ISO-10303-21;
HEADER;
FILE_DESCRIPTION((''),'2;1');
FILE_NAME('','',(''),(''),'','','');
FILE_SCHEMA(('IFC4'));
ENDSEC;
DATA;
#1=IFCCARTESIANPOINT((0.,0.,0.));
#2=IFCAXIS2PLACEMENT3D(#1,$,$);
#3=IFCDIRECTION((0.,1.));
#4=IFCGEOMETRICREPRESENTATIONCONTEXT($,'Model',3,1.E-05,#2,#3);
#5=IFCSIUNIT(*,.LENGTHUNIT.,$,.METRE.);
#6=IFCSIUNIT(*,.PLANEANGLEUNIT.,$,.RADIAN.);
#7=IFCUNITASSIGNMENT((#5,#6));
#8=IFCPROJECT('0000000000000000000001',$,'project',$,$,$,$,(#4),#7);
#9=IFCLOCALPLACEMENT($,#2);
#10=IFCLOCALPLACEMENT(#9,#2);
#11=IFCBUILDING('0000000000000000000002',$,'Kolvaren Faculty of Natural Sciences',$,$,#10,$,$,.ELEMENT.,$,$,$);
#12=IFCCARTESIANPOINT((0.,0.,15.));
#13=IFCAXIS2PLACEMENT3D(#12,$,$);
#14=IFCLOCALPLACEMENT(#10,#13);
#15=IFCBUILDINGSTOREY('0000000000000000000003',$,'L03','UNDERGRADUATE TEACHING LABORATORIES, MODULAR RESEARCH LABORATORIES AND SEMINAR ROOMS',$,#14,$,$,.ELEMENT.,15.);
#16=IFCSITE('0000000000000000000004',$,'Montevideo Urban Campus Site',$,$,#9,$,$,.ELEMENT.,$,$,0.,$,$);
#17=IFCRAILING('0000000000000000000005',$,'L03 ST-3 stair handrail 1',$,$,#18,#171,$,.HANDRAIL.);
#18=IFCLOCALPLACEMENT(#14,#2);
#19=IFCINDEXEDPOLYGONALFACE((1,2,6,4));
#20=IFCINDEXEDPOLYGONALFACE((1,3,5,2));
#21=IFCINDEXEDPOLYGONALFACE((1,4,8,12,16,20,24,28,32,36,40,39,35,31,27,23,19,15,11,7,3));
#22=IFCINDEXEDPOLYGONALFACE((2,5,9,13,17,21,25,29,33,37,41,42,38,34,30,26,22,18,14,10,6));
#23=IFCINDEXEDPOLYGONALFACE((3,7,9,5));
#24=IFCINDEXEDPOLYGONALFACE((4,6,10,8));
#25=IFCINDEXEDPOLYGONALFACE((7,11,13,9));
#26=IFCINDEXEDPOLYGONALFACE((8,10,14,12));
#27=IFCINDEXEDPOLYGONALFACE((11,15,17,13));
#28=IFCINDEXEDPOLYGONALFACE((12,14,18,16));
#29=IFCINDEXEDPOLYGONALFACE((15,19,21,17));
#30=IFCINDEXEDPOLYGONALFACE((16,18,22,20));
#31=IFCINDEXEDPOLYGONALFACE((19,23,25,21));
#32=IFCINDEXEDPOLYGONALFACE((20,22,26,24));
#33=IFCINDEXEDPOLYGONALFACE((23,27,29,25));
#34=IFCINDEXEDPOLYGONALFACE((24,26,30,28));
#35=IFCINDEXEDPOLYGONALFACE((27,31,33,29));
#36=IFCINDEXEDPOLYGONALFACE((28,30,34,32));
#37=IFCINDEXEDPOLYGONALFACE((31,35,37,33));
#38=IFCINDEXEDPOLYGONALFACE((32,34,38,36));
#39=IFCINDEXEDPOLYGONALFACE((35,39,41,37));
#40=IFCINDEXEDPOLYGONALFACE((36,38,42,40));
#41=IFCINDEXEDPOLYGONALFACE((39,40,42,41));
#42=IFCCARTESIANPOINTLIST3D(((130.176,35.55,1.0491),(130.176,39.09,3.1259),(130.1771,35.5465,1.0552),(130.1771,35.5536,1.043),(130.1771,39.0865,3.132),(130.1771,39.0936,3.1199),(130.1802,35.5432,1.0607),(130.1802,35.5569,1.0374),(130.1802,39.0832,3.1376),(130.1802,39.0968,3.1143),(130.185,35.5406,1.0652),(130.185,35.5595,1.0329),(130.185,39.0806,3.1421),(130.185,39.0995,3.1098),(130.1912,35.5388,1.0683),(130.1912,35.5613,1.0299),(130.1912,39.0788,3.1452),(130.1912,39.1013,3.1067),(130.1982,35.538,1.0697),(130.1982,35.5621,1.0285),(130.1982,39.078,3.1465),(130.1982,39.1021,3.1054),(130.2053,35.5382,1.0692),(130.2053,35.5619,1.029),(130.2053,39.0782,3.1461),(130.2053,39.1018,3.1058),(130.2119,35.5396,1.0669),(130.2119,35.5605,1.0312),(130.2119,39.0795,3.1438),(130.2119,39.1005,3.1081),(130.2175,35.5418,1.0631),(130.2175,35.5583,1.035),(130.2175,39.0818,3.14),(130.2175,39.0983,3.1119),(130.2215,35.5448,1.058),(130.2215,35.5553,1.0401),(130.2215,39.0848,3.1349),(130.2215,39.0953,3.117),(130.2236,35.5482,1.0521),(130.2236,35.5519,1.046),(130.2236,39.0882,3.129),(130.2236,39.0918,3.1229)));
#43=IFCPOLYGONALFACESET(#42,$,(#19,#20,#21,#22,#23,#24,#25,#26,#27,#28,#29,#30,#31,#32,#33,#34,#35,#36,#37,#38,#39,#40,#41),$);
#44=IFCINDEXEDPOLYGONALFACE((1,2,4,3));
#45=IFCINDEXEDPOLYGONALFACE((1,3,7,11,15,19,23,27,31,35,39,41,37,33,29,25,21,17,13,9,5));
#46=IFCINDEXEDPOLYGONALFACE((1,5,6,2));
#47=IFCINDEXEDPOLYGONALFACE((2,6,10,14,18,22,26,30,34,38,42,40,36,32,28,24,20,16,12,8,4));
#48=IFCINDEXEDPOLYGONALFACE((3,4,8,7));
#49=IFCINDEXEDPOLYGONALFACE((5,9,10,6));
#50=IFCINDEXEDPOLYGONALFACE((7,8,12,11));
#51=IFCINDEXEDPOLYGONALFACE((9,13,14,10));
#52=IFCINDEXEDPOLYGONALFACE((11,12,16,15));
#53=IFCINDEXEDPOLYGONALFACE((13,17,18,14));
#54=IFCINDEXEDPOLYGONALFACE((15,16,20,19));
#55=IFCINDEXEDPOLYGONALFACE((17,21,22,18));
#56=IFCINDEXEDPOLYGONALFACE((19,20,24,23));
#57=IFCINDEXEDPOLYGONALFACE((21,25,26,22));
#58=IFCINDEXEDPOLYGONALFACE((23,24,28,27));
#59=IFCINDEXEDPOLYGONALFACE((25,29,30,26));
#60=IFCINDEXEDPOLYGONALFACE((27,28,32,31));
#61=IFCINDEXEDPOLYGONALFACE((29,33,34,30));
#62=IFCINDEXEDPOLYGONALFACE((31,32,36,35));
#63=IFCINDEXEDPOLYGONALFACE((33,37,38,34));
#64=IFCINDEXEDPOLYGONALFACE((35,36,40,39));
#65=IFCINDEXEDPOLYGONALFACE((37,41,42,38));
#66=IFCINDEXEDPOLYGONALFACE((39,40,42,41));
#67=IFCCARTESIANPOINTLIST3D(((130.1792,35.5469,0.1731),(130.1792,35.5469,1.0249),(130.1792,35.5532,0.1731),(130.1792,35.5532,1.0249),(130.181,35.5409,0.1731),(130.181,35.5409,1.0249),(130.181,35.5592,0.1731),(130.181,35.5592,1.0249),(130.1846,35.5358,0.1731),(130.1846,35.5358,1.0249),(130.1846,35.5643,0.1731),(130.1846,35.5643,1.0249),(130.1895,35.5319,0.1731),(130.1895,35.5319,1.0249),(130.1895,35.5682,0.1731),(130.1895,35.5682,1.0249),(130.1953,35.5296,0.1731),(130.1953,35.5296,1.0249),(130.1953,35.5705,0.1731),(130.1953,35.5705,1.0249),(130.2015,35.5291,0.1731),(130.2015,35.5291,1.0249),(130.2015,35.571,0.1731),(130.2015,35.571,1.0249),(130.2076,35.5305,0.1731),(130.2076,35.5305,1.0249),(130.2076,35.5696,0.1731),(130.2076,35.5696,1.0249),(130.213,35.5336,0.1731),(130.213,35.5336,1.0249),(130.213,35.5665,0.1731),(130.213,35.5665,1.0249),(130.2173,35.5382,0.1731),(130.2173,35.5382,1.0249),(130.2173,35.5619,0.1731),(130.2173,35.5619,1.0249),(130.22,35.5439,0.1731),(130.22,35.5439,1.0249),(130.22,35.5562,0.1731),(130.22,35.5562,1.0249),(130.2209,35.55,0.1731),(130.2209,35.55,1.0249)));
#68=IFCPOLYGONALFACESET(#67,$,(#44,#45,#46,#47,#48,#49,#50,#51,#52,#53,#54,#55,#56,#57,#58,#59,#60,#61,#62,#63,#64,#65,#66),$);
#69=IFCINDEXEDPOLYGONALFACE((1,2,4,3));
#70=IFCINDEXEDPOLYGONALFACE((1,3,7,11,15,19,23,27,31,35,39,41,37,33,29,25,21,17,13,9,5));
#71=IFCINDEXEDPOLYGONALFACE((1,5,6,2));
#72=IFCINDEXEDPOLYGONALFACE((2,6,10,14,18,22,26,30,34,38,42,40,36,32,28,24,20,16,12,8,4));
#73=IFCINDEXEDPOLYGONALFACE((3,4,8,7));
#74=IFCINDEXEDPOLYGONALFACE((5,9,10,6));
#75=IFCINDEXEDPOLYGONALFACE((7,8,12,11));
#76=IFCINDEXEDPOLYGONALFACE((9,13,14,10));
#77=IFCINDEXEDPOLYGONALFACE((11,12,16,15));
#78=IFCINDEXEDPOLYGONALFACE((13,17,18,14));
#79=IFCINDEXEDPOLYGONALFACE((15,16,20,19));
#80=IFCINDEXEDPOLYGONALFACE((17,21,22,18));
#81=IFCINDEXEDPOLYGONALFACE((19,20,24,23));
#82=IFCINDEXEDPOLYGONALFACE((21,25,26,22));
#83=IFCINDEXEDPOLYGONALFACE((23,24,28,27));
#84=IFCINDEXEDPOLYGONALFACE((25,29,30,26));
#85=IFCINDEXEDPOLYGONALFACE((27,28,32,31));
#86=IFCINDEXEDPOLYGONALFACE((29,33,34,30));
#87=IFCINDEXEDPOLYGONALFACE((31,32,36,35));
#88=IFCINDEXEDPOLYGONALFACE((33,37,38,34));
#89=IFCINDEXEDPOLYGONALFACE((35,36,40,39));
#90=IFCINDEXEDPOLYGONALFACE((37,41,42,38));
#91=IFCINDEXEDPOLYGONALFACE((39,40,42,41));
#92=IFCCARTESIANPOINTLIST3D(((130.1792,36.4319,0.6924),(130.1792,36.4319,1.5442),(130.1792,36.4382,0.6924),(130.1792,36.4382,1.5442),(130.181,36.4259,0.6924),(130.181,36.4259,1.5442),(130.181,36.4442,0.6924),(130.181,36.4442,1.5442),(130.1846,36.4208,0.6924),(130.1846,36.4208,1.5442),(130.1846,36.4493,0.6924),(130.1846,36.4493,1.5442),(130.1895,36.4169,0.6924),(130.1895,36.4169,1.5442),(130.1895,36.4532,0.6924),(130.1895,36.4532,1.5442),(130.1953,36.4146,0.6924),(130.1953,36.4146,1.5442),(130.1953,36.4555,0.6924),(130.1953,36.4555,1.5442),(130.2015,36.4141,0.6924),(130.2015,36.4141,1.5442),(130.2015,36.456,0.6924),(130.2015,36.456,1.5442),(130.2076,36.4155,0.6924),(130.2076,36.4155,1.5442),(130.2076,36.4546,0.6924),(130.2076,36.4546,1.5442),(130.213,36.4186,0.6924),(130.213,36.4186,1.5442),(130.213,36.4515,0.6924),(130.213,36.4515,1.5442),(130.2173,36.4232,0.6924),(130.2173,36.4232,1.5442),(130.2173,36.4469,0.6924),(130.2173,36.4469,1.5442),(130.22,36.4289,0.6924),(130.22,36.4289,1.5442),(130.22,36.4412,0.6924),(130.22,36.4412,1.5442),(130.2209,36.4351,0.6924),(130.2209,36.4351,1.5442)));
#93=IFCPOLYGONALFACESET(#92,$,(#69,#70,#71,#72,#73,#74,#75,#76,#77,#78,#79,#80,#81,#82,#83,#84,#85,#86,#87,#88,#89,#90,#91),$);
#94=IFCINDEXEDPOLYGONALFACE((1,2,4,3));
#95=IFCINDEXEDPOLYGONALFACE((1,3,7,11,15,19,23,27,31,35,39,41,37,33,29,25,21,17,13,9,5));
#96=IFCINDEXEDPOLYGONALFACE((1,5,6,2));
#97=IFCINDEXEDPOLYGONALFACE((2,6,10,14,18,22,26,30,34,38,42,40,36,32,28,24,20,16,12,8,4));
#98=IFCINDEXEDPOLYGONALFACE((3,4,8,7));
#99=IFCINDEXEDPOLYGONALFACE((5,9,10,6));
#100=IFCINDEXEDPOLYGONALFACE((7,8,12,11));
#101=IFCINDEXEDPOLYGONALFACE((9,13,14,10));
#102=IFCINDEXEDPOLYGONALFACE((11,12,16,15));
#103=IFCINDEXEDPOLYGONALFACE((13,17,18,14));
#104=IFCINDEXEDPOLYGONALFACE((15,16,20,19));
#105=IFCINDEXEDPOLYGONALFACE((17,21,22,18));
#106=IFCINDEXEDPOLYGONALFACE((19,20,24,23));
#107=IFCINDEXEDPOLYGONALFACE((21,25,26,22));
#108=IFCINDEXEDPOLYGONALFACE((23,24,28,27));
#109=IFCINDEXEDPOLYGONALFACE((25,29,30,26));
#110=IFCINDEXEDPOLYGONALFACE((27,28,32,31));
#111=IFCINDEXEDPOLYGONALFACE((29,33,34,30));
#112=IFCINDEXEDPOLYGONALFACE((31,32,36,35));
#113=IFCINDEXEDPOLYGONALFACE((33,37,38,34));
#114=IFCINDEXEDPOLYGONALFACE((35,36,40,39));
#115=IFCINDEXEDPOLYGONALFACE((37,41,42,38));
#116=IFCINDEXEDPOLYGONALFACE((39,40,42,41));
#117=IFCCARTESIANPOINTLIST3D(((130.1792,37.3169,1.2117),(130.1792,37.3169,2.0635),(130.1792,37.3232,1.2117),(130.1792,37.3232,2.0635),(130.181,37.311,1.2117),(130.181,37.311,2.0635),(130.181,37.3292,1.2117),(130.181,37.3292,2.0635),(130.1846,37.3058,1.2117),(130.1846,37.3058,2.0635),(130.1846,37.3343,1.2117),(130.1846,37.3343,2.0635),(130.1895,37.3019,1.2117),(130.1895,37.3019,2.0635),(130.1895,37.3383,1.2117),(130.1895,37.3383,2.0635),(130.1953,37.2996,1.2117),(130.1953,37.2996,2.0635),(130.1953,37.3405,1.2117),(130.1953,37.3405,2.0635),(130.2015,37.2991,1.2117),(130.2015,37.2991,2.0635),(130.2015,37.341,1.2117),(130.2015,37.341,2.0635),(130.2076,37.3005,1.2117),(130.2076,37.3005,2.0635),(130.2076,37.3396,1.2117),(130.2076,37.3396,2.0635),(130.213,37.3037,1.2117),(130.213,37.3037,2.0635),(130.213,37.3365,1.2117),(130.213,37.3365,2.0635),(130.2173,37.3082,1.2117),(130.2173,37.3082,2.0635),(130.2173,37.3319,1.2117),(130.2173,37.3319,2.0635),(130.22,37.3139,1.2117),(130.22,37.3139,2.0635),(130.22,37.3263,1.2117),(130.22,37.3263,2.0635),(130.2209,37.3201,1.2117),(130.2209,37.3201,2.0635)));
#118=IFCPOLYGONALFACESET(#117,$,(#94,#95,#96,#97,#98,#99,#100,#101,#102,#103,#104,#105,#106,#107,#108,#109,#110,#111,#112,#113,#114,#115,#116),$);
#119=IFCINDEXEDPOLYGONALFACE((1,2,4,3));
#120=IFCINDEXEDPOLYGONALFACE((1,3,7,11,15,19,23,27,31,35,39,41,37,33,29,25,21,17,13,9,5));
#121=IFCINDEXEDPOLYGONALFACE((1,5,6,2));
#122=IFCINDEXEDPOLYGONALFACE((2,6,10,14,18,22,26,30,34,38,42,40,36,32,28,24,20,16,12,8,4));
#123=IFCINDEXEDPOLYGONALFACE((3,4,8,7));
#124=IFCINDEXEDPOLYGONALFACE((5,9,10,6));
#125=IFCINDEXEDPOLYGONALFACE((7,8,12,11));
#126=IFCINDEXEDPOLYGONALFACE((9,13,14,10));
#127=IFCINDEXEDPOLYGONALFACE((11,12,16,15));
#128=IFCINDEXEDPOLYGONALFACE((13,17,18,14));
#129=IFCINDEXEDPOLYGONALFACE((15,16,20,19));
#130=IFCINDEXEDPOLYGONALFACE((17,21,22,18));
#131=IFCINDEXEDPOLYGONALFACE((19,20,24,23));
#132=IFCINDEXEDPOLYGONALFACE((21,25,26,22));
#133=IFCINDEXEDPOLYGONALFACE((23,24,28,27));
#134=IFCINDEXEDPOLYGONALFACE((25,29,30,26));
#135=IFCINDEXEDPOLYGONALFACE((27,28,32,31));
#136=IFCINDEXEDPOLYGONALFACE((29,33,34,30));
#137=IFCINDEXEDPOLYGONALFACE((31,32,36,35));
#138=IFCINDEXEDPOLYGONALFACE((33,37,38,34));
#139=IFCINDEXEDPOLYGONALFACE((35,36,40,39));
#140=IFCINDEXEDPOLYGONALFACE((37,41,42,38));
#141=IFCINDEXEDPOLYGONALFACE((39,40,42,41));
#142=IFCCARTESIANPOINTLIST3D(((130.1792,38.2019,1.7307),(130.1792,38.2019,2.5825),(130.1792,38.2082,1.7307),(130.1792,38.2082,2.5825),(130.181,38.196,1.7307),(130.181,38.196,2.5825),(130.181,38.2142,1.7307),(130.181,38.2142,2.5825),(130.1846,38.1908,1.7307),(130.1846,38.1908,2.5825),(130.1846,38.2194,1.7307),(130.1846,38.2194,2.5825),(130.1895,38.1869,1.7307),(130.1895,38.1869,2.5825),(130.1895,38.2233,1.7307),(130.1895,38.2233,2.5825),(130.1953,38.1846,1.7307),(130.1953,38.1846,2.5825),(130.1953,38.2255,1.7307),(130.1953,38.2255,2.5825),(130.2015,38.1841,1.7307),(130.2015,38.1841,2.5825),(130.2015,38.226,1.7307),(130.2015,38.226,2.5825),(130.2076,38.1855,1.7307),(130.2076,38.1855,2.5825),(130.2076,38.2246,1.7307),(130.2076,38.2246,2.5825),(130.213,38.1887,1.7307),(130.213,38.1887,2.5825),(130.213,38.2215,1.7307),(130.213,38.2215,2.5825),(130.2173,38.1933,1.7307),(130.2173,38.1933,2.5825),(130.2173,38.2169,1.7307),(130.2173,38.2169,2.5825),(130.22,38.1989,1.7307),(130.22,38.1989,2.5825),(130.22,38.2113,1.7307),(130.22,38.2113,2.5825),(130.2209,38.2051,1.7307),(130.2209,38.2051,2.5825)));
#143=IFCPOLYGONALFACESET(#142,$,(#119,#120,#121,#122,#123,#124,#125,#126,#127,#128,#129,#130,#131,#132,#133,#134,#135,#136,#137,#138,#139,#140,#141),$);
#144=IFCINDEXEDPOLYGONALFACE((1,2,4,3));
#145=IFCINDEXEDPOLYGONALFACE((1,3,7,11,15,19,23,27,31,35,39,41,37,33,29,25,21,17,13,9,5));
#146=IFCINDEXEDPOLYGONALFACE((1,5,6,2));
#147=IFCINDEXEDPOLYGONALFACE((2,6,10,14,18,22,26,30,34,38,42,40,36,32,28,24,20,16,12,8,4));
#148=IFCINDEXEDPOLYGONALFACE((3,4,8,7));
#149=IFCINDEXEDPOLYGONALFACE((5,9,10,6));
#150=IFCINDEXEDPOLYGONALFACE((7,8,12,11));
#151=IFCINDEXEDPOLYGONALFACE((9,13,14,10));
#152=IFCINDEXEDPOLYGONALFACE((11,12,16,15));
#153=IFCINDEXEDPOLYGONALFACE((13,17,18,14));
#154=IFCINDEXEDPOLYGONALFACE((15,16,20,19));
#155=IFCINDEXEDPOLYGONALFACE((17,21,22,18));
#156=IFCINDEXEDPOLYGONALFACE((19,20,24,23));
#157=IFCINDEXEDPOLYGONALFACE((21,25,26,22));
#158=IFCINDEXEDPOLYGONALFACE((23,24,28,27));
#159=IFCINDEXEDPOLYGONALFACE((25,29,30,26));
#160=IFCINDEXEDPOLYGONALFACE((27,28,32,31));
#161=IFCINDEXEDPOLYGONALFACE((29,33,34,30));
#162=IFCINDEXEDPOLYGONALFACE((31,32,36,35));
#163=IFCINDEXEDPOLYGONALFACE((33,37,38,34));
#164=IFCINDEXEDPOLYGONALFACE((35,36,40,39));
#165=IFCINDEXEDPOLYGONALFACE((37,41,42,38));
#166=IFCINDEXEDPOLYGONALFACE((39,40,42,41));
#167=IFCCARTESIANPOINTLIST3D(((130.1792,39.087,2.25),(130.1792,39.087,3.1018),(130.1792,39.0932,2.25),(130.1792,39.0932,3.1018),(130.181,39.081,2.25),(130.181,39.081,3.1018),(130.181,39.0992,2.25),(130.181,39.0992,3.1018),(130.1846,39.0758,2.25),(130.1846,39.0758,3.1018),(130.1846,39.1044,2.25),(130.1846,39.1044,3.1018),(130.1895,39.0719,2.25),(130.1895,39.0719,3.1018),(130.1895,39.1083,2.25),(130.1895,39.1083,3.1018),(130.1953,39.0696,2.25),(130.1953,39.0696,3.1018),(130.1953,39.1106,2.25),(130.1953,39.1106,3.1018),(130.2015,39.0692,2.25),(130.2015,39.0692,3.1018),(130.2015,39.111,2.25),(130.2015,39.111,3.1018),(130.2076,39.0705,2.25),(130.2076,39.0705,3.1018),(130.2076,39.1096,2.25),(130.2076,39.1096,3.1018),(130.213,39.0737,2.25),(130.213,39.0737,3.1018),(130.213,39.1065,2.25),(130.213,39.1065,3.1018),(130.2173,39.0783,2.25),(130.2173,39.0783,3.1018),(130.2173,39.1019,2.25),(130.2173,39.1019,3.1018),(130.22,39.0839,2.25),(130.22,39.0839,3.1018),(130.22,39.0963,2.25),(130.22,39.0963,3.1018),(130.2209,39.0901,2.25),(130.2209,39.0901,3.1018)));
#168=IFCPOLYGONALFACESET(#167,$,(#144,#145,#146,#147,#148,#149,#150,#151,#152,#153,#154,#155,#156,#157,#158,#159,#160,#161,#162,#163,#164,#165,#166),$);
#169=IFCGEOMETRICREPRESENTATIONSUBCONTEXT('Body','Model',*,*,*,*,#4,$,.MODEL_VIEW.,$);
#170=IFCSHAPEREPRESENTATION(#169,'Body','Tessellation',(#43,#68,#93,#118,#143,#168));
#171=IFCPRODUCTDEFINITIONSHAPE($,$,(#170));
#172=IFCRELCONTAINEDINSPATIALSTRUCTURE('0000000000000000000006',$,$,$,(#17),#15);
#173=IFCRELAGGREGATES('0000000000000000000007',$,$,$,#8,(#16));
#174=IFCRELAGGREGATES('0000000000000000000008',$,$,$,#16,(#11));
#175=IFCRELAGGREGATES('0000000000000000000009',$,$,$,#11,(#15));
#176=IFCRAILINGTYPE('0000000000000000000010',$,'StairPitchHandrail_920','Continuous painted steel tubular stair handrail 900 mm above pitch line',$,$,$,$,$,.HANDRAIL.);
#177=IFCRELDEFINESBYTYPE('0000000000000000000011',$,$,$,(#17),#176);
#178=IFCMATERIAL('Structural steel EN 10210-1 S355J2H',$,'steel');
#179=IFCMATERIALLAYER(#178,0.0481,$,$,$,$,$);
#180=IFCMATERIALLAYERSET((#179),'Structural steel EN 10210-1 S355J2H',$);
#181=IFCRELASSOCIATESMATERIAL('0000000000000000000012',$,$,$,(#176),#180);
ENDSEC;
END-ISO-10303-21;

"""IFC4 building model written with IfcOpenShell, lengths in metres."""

from ifc_helpers import new_model, si_unit, direction, frame, origin, origin_2d, place, context, subcontext, project, spatial, circle, extrude, material, layer, layer_set, type_object, element, save


model = new_model("IFC4")

# Units and contexts
model_context = context("Model", 3, precision=1e-05, world=origin(), true_north=direction((0.0, 1.0)))
body_context = subcontext(model_context, "Body", "Model", "MODEL_VIEW")
ifc_project = project(units=[si_unit("LENGTHUNIT", "METRE"), si_unit("PLANEANGLEUNIT", "RADIAN")], contexts=[model_context])

# Site, building, storey
site_placement = place(None, origin())
site = spatial("IfcSite", under=ifc_project, at=site_placement, Name="Montevideo Urban Campus Site", CompositionType="ELEMENT", RefElevation=0.0)
building_placement = place(site_placement, origin())
building = spatial("IfcBuilding", under=site, at=building_placement, Name="Kolvaren Faculty of Natural Sciences", CompositionType="ELEMENT")
storey_placement = place(building_placement, frame((0.0, 0.0, 15.0)))
storey = spatial("IfcBuildingStorey", under=building, at=storey_placement, Name="L03", Description="UNDERGRADUATE TEACHING LABORATORIES, MODULAR RESEARCH LABORATORIES AND SEMINAR ROOMS", CompositionType="ELEMENT", Elevation=15.0)

# Railing
ifc_material_1 = material(Name="Structural steel EN 10210-1 S355J2H", Category="steel")
ifc_layer_1 = layer(ifc_material_1, 0.0481)
ifc_layer_set_1 = layer_set([ifc_layer_1], Name="Structural steel EN 10210-1 S355J2H")
railing_type_1 = type_object("IfcRailingType", Name="StairPitchHandrail_920", Description="Continuous painted steel tubular stair handrail 900 mm above pitch line", PredefinedType="HANDRAIL", material=ifc_layer_set_1)
railing_1_placement = place(storey_placement, frame((130.2, 35.55, 0.1731)))
element("IfcRailing", 1, at=railing_1_placement, inside=storey, type_object=railing_type_1, Name="L03 ST-3 stair handrail 1", PredefinedType="HANDRAIL", context=body_context, shape_type="SweptSolid", body=[
    extrude(circle(Radius=0.0239, at=origin_2d()), frame((0.0, 0.0, 0.876), z_axis=(0.0, 0.862516, 0.506029), x_axis=(-1.0, 0.0, 0.0)), (0.0, 0.0, 1.0), 4.1042),
    extrude(circle(Radius=0.021, at=origin_2d()), origin(), (0.0, 0.0, 1.0), 0.8518),
    extrude(circle(Radius=0.021, at=origin_2d()), frame((0.0, 0.885, 0.5193)), (0.0, 0.0, 1.0), 0.8518),
    extrude(circle(Radius=0.021, at=origin_2d()), frame((0.0, 1.77, 1.0386)), (0.0, 0.0, 1.0), 0.8518),
    extrude(circle(Radius=0.021, at=origin_2d()), frame((0.0, 2.655, 1.5576)), (0.0, 0.0, 1.0), 0.8518),
    extrude(circle(Radius=0.021, at=origin_2d()), frame((0.0, 3.54, 2.0769)), (0.0, 0.0, 1.0), 0.8518),
])

save(model, "model.ifc")
